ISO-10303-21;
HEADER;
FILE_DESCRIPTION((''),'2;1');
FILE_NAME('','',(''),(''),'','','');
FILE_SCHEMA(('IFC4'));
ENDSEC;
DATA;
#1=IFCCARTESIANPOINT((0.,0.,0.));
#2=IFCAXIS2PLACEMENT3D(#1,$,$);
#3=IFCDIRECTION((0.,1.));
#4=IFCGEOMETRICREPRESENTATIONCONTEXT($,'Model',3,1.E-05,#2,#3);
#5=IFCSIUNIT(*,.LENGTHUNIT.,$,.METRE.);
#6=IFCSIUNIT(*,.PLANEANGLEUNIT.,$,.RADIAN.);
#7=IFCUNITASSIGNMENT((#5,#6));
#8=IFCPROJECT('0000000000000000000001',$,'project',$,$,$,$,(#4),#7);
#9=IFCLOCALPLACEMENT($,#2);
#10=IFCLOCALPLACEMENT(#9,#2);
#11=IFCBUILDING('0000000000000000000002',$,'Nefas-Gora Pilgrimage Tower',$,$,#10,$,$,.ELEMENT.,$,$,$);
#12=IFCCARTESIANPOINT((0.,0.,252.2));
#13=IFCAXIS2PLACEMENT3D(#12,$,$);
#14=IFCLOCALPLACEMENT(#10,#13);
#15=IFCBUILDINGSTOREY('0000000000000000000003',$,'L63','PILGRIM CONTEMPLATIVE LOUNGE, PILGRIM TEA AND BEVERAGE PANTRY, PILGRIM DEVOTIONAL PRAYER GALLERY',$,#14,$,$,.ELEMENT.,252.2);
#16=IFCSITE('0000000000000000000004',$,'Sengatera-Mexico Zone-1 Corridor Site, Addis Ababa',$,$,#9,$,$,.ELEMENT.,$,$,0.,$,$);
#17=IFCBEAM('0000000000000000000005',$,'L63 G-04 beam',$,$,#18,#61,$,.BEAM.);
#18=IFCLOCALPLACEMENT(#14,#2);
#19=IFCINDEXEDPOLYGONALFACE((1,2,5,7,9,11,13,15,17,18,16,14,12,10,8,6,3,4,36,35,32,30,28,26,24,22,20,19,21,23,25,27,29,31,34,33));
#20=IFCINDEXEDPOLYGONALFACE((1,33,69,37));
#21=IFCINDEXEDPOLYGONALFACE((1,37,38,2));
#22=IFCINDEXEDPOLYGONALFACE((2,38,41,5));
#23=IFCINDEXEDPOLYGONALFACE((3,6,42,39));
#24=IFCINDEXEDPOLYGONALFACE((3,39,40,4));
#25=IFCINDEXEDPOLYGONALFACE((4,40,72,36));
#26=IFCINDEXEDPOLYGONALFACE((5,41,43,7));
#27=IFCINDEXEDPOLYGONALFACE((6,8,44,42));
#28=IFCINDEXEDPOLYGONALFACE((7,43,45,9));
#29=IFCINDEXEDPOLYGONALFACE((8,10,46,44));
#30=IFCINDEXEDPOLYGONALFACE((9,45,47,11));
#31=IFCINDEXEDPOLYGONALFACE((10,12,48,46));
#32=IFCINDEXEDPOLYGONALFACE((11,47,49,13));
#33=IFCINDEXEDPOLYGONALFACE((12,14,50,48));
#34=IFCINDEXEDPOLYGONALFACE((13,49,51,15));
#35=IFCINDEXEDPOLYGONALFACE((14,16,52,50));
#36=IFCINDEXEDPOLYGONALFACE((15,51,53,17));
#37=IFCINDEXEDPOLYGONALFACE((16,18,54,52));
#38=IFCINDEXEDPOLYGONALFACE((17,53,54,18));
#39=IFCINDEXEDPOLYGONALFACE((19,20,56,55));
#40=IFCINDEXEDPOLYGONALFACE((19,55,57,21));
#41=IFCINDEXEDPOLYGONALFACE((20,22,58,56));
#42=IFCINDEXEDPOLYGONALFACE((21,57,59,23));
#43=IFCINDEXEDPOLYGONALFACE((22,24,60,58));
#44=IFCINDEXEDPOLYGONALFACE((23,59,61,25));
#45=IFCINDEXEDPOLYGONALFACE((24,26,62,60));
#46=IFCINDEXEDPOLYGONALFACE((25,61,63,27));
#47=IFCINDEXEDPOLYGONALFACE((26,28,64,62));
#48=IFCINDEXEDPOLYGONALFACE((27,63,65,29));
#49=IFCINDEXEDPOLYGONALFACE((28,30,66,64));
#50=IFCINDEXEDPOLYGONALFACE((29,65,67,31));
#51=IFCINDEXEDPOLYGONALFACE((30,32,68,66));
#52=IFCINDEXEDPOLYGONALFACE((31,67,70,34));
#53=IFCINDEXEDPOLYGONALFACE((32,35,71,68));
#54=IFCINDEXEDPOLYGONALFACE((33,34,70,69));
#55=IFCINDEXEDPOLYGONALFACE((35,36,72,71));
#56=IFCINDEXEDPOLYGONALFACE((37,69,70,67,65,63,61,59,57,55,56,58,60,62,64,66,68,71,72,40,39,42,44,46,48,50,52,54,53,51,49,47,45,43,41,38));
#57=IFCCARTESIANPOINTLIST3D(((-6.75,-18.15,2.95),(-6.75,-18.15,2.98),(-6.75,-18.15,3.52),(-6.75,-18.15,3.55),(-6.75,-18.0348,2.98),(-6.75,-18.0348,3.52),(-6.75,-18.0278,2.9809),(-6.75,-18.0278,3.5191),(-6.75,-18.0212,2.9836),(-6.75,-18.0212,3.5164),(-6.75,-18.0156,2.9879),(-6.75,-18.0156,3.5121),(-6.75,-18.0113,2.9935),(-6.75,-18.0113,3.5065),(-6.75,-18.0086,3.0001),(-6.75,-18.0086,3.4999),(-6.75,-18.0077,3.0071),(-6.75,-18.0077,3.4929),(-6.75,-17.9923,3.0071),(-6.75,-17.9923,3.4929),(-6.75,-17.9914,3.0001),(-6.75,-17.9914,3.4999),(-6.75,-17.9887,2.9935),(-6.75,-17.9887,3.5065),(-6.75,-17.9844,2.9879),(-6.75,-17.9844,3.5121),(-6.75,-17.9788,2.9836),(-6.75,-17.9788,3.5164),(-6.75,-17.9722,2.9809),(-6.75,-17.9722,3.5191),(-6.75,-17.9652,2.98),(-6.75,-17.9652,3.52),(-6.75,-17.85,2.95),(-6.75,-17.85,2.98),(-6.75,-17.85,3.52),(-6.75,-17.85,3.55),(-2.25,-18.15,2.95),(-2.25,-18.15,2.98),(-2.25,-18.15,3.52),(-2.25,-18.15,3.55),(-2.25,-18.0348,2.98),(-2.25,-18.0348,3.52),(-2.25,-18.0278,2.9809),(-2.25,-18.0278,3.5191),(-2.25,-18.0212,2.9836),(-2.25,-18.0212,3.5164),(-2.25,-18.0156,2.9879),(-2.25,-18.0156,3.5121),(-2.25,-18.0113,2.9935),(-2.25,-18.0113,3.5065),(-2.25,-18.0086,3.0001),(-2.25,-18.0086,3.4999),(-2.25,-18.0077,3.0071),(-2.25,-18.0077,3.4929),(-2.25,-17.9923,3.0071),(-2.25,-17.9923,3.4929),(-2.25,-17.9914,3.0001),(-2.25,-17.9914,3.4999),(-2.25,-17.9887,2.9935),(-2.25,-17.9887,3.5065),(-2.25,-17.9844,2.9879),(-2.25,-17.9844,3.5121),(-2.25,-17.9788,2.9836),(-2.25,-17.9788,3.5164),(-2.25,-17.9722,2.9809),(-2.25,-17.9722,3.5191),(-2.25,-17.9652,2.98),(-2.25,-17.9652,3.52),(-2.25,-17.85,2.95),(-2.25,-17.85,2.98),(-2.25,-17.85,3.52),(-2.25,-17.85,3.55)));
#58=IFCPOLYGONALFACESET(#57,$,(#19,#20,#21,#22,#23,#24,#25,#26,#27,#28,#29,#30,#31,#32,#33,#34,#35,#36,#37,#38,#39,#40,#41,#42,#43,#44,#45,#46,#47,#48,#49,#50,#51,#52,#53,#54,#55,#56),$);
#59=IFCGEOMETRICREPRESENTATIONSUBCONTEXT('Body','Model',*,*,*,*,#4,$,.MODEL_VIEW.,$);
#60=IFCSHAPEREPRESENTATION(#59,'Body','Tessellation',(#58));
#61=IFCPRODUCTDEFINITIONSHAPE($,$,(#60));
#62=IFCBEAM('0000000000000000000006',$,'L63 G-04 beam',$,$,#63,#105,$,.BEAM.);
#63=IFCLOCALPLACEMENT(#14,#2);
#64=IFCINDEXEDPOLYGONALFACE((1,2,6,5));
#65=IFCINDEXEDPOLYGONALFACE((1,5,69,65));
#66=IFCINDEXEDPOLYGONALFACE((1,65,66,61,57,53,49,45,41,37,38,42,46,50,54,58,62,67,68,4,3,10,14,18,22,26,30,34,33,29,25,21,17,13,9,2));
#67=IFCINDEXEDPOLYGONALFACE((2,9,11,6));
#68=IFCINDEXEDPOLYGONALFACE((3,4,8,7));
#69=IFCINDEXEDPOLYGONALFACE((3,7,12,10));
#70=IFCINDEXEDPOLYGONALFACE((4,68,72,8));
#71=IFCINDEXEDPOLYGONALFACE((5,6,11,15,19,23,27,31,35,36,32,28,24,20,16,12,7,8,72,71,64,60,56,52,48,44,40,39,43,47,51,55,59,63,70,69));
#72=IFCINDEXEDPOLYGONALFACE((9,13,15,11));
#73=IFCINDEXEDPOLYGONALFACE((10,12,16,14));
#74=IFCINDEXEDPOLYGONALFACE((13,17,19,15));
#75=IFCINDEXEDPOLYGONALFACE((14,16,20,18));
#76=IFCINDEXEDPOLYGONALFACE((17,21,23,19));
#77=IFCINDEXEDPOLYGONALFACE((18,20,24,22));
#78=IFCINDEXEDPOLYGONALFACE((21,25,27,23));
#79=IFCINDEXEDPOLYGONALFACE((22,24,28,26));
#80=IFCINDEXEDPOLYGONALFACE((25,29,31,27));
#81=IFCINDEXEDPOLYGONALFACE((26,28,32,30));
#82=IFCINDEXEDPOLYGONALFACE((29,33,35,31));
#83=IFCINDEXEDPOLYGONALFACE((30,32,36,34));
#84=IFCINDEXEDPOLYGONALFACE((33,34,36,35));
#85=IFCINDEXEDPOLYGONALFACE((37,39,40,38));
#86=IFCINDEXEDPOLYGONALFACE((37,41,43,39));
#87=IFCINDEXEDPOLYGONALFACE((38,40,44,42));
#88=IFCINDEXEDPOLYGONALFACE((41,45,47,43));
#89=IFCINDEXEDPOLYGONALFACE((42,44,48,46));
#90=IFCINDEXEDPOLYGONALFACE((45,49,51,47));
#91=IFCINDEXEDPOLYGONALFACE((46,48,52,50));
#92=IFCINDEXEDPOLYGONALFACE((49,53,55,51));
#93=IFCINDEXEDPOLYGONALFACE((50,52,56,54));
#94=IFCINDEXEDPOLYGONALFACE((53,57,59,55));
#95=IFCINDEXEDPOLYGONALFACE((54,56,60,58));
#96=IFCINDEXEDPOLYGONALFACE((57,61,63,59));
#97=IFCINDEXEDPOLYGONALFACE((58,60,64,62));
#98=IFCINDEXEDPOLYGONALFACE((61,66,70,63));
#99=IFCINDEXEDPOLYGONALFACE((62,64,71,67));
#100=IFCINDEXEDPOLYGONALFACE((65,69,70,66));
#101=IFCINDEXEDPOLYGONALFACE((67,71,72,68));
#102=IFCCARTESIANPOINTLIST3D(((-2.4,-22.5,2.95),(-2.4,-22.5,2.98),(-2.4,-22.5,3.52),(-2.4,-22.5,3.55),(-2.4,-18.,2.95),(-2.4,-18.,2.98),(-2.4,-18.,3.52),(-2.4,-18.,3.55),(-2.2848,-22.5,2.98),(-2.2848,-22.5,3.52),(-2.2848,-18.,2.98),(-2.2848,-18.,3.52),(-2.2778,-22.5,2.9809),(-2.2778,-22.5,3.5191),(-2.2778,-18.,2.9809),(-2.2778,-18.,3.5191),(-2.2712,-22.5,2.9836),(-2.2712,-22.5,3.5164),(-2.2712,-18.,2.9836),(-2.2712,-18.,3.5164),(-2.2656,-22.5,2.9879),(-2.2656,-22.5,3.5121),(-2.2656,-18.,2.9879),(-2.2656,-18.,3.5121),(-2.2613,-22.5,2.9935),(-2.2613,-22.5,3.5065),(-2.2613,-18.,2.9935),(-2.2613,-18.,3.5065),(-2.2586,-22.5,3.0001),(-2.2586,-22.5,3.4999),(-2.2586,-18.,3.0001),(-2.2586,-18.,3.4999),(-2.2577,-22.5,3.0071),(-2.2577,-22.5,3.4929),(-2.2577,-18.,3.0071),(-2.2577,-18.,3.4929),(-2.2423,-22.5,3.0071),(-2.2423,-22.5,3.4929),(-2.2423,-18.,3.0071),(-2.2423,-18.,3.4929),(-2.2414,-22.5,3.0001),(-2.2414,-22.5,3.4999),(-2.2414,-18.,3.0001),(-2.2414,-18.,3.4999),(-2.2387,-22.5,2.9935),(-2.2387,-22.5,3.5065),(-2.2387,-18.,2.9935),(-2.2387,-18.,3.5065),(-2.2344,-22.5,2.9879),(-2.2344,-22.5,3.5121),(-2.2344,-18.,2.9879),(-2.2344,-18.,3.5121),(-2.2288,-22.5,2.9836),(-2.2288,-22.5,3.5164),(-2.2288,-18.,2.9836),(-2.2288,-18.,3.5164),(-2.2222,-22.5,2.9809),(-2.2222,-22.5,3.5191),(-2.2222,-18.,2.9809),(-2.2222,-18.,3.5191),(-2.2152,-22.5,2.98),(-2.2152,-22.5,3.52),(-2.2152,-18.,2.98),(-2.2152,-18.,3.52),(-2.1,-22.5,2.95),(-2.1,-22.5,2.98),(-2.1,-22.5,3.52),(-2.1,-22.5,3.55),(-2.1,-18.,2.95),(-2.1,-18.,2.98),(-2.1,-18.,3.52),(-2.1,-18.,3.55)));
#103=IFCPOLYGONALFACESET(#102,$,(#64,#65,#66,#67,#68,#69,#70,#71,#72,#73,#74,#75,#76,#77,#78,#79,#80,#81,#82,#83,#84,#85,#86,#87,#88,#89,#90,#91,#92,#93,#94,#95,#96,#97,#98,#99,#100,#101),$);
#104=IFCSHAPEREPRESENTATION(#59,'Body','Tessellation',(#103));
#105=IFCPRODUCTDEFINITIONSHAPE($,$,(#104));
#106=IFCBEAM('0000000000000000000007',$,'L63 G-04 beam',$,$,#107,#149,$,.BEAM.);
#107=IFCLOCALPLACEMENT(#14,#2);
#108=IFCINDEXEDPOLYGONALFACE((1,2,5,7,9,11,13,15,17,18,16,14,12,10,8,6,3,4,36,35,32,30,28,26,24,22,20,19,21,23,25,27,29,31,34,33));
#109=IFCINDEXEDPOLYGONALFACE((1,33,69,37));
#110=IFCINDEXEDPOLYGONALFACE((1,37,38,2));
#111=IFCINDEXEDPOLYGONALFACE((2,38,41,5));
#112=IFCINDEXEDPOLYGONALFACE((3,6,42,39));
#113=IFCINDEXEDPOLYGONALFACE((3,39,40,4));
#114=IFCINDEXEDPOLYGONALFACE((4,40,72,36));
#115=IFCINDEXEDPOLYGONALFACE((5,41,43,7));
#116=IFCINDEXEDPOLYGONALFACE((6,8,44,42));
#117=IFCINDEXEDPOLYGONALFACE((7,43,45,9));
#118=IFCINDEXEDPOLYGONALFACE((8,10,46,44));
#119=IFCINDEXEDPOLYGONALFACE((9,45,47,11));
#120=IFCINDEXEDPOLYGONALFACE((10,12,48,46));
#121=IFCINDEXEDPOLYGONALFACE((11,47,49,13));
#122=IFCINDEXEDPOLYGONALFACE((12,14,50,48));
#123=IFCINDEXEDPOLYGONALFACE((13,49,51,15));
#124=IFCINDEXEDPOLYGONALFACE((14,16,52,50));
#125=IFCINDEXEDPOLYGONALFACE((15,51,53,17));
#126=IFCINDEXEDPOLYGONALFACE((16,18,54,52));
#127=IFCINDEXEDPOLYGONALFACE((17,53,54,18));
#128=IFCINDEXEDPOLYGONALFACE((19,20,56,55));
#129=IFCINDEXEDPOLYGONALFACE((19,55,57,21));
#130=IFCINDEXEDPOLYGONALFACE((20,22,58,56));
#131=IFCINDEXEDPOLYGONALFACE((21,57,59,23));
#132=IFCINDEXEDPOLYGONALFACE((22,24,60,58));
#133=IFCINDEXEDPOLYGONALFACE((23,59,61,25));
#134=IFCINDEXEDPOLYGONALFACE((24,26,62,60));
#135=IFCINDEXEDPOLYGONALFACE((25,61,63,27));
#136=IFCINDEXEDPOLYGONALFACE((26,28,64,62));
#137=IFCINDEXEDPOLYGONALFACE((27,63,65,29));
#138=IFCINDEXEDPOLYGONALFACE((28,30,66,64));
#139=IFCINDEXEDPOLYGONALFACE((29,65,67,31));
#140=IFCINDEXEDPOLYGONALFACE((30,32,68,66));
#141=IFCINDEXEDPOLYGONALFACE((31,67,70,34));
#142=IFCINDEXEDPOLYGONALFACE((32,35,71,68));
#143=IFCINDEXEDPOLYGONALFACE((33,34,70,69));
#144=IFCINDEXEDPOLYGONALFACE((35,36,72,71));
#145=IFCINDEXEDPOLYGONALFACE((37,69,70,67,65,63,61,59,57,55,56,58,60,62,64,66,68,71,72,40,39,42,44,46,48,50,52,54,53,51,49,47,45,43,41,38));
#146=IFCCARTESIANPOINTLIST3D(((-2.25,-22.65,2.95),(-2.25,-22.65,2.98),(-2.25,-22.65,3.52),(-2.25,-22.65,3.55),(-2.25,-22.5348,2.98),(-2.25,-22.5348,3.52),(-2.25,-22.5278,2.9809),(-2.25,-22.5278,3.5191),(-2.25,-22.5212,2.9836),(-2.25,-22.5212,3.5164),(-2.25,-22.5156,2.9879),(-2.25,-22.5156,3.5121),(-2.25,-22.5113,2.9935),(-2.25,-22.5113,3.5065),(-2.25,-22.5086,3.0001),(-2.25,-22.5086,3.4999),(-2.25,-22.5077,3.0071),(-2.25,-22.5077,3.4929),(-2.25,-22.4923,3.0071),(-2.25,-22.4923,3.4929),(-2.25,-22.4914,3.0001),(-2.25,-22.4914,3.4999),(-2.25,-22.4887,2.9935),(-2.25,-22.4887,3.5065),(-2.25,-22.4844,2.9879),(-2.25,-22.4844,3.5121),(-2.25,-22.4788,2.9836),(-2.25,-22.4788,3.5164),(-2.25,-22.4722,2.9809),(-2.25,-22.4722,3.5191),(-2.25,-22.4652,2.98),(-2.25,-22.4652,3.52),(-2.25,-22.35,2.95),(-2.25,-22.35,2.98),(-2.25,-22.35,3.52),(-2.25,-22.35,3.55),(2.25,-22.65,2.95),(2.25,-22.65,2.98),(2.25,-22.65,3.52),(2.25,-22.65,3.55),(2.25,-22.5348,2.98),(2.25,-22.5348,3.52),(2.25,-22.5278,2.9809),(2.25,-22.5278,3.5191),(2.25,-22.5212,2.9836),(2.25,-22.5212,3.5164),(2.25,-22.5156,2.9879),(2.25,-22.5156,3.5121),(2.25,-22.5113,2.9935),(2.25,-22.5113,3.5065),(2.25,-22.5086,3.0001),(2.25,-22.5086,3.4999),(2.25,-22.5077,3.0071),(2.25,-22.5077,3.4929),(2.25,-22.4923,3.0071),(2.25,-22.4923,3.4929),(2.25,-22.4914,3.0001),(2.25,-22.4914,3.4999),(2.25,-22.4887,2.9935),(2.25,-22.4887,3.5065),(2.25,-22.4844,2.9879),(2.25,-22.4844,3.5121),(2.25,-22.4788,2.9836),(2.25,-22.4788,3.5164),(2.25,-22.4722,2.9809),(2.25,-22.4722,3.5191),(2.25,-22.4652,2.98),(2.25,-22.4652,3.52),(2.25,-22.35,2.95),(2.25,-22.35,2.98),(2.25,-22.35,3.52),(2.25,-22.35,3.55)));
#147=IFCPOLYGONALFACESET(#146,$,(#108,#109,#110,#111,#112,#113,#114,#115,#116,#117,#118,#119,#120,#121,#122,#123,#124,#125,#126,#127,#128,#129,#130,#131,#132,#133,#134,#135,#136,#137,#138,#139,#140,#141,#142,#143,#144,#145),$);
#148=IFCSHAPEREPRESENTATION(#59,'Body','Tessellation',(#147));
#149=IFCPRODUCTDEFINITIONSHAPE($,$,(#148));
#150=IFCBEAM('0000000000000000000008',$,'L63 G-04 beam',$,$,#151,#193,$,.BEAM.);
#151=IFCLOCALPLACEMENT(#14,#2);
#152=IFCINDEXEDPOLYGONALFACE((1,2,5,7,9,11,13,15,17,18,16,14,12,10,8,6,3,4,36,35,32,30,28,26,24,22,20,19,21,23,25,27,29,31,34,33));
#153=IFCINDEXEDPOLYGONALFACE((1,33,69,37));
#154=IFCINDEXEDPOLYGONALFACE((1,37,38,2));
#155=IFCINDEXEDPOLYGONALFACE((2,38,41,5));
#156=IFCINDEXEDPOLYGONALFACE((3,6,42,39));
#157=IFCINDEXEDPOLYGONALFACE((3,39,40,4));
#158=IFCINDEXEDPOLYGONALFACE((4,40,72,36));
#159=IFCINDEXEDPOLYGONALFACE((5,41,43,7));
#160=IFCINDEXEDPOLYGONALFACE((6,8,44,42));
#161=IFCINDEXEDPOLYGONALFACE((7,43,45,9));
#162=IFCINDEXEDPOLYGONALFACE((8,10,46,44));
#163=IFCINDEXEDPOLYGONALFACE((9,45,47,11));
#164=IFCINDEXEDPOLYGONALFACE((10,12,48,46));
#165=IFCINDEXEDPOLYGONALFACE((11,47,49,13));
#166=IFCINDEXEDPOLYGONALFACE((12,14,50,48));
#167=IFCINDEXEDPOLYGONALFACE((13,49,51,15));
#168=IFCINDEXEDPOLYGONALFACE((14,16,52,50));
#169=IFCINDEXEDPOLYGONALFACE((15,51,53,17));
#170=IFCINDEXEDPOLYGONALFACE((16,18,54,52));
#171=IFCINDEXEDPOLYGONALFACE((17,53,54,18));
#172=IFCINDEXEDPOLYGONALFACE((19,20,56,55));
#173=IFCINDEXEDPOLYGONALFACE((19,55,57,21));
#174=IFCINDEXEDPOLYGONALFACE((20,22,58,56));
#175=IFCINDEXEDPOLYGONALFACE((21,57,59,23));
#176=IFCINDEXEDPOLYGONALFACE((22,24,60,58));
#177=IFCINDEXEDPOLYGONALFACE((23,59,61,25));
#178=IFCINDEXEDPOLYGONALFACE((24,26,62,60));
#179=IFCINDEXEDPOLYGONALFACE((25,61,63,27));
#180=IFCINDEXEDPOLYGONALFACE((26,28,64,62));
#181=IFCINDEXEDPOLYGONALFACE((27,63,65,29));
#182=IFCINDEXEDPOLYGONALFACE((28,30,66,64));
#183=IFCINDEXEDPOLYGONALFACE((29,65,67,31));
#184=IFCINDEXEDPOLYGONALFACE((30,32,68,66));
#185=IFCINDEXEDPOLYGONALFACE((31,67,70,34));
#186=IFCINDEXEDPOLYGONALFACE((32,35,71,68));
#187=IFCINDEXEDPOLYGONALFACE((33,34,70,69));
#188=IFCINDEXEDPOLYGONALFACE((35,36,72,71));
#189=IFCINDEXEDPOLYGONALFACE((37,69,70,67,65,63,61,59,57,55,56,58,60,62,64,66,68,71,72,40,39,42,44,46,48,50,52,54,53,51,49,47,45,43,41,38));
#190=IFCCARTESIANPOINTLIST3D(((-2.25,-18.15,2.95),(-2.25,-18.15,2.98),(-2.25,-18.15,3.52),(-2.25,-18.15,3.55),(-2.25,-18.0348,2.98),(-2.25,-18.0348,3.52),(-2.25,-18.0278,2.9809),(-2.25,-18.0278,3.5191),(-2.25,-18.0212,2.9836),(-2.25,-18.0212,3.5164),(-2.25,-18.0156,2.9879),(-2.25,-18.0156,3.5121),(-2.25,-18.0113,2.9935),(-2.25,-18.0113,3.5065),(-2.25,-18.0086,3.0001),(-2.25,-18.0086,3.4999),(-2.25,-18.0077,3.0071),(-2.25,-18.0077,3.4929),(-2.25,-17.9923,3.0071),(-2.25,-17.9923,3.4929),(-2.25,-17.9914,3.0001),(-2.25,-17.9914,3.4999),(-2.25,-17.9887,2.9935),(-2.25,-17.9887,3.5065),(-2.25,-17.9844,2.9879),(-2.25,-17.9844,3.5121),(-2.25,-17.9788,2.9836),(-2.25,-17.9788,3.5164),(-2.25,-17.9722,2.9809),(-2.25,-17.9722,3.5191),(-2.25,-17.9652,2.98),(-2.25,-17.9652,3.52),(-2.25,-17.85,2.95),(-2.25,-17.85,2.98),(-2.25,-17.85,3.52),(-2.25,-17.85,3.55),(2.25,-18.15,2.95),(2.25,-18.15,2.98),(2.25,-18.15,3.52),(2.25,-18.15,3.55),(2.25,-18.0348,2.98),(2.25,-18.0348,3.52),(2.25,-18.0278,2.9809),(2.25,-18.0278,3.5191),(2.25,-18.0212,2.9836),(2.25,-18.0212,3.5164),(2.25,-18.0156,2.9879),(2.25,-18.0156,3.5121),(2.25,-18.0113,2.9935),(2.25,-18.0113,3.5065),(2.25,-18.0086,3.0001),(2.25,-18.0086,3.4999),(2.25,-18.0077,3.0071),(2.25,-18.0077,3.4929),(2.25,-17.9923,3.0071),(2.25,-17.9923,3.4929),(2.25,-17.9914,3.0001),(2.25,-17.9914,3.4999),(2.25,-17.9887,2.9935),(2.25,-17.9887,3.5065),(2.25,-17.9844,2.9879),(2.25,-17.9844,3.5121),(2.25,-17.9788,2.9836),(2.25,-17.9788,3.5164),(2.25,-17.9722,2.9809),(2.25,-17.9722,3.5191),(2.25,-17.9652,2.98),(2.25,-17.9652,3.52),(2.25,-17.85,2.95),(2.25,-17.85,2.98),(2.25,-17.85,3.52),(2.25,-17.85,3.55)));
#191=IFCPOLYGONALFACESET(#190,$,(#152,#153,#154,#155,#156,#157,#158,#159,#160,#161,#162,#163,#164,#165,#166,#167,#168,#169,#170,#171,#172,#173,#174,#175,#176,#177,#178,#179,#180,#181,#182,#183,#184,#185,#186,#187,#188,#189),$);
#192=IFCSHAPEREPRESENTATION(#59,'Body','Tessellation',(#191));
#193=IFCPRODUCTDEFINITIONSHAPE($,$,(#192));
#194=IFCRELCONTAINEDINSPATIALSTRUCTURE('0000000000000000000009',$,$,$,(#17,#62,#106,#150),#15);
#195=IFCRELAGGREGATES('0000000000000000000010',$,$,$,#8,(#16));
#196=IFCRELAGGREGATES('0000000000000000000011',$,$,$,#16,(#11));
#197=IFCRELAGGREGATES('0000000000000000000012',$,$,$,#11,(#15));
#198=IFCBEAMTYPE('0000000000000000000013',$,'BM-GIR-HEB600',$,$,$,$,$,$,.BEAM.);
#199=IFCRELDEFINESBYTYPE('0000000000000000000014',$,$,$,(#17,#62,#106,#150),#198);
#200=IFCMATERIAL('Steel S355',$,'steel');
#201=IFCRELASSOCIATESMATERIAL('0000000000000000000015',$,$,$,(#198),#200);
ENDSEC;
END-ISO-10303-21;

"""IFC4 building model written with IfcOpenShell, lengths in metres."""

from ifc_helpers import new_model, si_unit, direction, frame, origin, origin_2d, place, context, subcontext, project, spatial, i_section, extrude, source, transform, mapped, material, material_profile, profile_set, type_object, element, save


model = new_model("IFC4")

# Units and contexts
model_context = context("Model", 3, precision=1e-05, world=origin(), true_north=direction((0.0, 1.0)))
body_context = subcontext(model_context, "Body", "Model", "MODEL_VIEW")
ifc_project = project(units=[si_unit("LENGTHUNIT", "METRE"), si_unit("PLANEANGLEUNIT", "RADIAN")], contexts=[model_context])

# Site, building, storey
site_placement = place(None, origin())
site = spatial("IfcSite", under=ifc_project, at=site_placement, Name="Sengatera-Mexico Zone-1 Corridor Site, Addis Ababa", CompositionType="ELEMENT", RefElevation=0.0)
building_placement = place(site_placement, origin())
building = spatial("IfcBuilding", under=site, at=building_placement, Name="Nefas-Gora Pilgrimage Tower", CompositionType="ELEMENT")
storey_placement = place(building_placement, frame((0.0, 0.0, 252.2)))
storey = spatial("IfcBuildingStorey", under=building, at=storey_placement, Name="L63", Description="PILGRIM CONTEMPLATIVE LOUNGE, PILGRIM TEA AND BEVERAGE PANTRY, PILGRIM DEVOTIONAL PRAYER GALLERY", CompositionType="ELEMENT", Elevation=252.2)

# Beams
ifc_material_1 = material(Name="Steel S355", Category="steel")
ifc_material_profile_1 = material_profile(ifc_material_1, i_section(OverallWidth=0.3, OverallDepth=0.6001, WebThickness=0.0154, FlangeThickness=0.03, FilletRadius=0.0271, at=origin_2d()), Name="HEB 600")
ifc_profile_set_1 = profile_set([ifc_material_profile_1], Name="Steel S355")
beam_type = type_object("IfcBeamType", Name="BM-GIR-HEB600", PredefinedType="BEAM", material=ifc_profile_set_1)
shared_shape_1 = source(origin(), body_context, "Body", "SweptSolid", [
    extrude(i_section(OverallWidth=0.3, OverallDepth=0.6001, WebThickness=0.0154, FlangeThickness=0.03, FilletRadius=0.0271, at=origin_2d()), origin(), (0.0, 0.0, 1.0), 4.5),
])
for number, where, z_axis, x_axis, name in (
    (1, (-6.75, -18.0, 3.25), (1.0, 0.0, 0.0), (0.0, 1.0, 0.0), "L63 G-04 beam"),
    (2, (-2.25, -22.5, 3.25), (0.0, 1.0, 0.0), (-1.0, 0.0, 0.0), "L63 G-04 beam"),
    (3, (-2.25, -22.5, 3.25), (1.0, 0.0, 0.0), (0.0, 1.0, 0.0), "L63 G-04 beam"),
    (4, (-2.25, -18.0, 3.25), (1.0, 0.0, 0.0), (0.0, 1.0, 0.0), "L63 G-04 beam"),
):
    element("IfcBeam", number, at=place(storey_placement, frame(where, z_axis=z_axis, x_axis=x_axis)), inside=storey, type_object=beam_type, Name=name, PredefinedType="BEAM", context=body_context, shape_type="MappedRepresentation", body=[
        mapped(shared_shape_1, transform((0.0, 0.0, 0.0), x_axis=(1.0, 0.0, 0.0), y_axis=(0.0, 1.0, 0.0), z_axis=(0.0, 0.0, 1.0), scale=1.0)),
    ])

save(model, "model.ifc")
